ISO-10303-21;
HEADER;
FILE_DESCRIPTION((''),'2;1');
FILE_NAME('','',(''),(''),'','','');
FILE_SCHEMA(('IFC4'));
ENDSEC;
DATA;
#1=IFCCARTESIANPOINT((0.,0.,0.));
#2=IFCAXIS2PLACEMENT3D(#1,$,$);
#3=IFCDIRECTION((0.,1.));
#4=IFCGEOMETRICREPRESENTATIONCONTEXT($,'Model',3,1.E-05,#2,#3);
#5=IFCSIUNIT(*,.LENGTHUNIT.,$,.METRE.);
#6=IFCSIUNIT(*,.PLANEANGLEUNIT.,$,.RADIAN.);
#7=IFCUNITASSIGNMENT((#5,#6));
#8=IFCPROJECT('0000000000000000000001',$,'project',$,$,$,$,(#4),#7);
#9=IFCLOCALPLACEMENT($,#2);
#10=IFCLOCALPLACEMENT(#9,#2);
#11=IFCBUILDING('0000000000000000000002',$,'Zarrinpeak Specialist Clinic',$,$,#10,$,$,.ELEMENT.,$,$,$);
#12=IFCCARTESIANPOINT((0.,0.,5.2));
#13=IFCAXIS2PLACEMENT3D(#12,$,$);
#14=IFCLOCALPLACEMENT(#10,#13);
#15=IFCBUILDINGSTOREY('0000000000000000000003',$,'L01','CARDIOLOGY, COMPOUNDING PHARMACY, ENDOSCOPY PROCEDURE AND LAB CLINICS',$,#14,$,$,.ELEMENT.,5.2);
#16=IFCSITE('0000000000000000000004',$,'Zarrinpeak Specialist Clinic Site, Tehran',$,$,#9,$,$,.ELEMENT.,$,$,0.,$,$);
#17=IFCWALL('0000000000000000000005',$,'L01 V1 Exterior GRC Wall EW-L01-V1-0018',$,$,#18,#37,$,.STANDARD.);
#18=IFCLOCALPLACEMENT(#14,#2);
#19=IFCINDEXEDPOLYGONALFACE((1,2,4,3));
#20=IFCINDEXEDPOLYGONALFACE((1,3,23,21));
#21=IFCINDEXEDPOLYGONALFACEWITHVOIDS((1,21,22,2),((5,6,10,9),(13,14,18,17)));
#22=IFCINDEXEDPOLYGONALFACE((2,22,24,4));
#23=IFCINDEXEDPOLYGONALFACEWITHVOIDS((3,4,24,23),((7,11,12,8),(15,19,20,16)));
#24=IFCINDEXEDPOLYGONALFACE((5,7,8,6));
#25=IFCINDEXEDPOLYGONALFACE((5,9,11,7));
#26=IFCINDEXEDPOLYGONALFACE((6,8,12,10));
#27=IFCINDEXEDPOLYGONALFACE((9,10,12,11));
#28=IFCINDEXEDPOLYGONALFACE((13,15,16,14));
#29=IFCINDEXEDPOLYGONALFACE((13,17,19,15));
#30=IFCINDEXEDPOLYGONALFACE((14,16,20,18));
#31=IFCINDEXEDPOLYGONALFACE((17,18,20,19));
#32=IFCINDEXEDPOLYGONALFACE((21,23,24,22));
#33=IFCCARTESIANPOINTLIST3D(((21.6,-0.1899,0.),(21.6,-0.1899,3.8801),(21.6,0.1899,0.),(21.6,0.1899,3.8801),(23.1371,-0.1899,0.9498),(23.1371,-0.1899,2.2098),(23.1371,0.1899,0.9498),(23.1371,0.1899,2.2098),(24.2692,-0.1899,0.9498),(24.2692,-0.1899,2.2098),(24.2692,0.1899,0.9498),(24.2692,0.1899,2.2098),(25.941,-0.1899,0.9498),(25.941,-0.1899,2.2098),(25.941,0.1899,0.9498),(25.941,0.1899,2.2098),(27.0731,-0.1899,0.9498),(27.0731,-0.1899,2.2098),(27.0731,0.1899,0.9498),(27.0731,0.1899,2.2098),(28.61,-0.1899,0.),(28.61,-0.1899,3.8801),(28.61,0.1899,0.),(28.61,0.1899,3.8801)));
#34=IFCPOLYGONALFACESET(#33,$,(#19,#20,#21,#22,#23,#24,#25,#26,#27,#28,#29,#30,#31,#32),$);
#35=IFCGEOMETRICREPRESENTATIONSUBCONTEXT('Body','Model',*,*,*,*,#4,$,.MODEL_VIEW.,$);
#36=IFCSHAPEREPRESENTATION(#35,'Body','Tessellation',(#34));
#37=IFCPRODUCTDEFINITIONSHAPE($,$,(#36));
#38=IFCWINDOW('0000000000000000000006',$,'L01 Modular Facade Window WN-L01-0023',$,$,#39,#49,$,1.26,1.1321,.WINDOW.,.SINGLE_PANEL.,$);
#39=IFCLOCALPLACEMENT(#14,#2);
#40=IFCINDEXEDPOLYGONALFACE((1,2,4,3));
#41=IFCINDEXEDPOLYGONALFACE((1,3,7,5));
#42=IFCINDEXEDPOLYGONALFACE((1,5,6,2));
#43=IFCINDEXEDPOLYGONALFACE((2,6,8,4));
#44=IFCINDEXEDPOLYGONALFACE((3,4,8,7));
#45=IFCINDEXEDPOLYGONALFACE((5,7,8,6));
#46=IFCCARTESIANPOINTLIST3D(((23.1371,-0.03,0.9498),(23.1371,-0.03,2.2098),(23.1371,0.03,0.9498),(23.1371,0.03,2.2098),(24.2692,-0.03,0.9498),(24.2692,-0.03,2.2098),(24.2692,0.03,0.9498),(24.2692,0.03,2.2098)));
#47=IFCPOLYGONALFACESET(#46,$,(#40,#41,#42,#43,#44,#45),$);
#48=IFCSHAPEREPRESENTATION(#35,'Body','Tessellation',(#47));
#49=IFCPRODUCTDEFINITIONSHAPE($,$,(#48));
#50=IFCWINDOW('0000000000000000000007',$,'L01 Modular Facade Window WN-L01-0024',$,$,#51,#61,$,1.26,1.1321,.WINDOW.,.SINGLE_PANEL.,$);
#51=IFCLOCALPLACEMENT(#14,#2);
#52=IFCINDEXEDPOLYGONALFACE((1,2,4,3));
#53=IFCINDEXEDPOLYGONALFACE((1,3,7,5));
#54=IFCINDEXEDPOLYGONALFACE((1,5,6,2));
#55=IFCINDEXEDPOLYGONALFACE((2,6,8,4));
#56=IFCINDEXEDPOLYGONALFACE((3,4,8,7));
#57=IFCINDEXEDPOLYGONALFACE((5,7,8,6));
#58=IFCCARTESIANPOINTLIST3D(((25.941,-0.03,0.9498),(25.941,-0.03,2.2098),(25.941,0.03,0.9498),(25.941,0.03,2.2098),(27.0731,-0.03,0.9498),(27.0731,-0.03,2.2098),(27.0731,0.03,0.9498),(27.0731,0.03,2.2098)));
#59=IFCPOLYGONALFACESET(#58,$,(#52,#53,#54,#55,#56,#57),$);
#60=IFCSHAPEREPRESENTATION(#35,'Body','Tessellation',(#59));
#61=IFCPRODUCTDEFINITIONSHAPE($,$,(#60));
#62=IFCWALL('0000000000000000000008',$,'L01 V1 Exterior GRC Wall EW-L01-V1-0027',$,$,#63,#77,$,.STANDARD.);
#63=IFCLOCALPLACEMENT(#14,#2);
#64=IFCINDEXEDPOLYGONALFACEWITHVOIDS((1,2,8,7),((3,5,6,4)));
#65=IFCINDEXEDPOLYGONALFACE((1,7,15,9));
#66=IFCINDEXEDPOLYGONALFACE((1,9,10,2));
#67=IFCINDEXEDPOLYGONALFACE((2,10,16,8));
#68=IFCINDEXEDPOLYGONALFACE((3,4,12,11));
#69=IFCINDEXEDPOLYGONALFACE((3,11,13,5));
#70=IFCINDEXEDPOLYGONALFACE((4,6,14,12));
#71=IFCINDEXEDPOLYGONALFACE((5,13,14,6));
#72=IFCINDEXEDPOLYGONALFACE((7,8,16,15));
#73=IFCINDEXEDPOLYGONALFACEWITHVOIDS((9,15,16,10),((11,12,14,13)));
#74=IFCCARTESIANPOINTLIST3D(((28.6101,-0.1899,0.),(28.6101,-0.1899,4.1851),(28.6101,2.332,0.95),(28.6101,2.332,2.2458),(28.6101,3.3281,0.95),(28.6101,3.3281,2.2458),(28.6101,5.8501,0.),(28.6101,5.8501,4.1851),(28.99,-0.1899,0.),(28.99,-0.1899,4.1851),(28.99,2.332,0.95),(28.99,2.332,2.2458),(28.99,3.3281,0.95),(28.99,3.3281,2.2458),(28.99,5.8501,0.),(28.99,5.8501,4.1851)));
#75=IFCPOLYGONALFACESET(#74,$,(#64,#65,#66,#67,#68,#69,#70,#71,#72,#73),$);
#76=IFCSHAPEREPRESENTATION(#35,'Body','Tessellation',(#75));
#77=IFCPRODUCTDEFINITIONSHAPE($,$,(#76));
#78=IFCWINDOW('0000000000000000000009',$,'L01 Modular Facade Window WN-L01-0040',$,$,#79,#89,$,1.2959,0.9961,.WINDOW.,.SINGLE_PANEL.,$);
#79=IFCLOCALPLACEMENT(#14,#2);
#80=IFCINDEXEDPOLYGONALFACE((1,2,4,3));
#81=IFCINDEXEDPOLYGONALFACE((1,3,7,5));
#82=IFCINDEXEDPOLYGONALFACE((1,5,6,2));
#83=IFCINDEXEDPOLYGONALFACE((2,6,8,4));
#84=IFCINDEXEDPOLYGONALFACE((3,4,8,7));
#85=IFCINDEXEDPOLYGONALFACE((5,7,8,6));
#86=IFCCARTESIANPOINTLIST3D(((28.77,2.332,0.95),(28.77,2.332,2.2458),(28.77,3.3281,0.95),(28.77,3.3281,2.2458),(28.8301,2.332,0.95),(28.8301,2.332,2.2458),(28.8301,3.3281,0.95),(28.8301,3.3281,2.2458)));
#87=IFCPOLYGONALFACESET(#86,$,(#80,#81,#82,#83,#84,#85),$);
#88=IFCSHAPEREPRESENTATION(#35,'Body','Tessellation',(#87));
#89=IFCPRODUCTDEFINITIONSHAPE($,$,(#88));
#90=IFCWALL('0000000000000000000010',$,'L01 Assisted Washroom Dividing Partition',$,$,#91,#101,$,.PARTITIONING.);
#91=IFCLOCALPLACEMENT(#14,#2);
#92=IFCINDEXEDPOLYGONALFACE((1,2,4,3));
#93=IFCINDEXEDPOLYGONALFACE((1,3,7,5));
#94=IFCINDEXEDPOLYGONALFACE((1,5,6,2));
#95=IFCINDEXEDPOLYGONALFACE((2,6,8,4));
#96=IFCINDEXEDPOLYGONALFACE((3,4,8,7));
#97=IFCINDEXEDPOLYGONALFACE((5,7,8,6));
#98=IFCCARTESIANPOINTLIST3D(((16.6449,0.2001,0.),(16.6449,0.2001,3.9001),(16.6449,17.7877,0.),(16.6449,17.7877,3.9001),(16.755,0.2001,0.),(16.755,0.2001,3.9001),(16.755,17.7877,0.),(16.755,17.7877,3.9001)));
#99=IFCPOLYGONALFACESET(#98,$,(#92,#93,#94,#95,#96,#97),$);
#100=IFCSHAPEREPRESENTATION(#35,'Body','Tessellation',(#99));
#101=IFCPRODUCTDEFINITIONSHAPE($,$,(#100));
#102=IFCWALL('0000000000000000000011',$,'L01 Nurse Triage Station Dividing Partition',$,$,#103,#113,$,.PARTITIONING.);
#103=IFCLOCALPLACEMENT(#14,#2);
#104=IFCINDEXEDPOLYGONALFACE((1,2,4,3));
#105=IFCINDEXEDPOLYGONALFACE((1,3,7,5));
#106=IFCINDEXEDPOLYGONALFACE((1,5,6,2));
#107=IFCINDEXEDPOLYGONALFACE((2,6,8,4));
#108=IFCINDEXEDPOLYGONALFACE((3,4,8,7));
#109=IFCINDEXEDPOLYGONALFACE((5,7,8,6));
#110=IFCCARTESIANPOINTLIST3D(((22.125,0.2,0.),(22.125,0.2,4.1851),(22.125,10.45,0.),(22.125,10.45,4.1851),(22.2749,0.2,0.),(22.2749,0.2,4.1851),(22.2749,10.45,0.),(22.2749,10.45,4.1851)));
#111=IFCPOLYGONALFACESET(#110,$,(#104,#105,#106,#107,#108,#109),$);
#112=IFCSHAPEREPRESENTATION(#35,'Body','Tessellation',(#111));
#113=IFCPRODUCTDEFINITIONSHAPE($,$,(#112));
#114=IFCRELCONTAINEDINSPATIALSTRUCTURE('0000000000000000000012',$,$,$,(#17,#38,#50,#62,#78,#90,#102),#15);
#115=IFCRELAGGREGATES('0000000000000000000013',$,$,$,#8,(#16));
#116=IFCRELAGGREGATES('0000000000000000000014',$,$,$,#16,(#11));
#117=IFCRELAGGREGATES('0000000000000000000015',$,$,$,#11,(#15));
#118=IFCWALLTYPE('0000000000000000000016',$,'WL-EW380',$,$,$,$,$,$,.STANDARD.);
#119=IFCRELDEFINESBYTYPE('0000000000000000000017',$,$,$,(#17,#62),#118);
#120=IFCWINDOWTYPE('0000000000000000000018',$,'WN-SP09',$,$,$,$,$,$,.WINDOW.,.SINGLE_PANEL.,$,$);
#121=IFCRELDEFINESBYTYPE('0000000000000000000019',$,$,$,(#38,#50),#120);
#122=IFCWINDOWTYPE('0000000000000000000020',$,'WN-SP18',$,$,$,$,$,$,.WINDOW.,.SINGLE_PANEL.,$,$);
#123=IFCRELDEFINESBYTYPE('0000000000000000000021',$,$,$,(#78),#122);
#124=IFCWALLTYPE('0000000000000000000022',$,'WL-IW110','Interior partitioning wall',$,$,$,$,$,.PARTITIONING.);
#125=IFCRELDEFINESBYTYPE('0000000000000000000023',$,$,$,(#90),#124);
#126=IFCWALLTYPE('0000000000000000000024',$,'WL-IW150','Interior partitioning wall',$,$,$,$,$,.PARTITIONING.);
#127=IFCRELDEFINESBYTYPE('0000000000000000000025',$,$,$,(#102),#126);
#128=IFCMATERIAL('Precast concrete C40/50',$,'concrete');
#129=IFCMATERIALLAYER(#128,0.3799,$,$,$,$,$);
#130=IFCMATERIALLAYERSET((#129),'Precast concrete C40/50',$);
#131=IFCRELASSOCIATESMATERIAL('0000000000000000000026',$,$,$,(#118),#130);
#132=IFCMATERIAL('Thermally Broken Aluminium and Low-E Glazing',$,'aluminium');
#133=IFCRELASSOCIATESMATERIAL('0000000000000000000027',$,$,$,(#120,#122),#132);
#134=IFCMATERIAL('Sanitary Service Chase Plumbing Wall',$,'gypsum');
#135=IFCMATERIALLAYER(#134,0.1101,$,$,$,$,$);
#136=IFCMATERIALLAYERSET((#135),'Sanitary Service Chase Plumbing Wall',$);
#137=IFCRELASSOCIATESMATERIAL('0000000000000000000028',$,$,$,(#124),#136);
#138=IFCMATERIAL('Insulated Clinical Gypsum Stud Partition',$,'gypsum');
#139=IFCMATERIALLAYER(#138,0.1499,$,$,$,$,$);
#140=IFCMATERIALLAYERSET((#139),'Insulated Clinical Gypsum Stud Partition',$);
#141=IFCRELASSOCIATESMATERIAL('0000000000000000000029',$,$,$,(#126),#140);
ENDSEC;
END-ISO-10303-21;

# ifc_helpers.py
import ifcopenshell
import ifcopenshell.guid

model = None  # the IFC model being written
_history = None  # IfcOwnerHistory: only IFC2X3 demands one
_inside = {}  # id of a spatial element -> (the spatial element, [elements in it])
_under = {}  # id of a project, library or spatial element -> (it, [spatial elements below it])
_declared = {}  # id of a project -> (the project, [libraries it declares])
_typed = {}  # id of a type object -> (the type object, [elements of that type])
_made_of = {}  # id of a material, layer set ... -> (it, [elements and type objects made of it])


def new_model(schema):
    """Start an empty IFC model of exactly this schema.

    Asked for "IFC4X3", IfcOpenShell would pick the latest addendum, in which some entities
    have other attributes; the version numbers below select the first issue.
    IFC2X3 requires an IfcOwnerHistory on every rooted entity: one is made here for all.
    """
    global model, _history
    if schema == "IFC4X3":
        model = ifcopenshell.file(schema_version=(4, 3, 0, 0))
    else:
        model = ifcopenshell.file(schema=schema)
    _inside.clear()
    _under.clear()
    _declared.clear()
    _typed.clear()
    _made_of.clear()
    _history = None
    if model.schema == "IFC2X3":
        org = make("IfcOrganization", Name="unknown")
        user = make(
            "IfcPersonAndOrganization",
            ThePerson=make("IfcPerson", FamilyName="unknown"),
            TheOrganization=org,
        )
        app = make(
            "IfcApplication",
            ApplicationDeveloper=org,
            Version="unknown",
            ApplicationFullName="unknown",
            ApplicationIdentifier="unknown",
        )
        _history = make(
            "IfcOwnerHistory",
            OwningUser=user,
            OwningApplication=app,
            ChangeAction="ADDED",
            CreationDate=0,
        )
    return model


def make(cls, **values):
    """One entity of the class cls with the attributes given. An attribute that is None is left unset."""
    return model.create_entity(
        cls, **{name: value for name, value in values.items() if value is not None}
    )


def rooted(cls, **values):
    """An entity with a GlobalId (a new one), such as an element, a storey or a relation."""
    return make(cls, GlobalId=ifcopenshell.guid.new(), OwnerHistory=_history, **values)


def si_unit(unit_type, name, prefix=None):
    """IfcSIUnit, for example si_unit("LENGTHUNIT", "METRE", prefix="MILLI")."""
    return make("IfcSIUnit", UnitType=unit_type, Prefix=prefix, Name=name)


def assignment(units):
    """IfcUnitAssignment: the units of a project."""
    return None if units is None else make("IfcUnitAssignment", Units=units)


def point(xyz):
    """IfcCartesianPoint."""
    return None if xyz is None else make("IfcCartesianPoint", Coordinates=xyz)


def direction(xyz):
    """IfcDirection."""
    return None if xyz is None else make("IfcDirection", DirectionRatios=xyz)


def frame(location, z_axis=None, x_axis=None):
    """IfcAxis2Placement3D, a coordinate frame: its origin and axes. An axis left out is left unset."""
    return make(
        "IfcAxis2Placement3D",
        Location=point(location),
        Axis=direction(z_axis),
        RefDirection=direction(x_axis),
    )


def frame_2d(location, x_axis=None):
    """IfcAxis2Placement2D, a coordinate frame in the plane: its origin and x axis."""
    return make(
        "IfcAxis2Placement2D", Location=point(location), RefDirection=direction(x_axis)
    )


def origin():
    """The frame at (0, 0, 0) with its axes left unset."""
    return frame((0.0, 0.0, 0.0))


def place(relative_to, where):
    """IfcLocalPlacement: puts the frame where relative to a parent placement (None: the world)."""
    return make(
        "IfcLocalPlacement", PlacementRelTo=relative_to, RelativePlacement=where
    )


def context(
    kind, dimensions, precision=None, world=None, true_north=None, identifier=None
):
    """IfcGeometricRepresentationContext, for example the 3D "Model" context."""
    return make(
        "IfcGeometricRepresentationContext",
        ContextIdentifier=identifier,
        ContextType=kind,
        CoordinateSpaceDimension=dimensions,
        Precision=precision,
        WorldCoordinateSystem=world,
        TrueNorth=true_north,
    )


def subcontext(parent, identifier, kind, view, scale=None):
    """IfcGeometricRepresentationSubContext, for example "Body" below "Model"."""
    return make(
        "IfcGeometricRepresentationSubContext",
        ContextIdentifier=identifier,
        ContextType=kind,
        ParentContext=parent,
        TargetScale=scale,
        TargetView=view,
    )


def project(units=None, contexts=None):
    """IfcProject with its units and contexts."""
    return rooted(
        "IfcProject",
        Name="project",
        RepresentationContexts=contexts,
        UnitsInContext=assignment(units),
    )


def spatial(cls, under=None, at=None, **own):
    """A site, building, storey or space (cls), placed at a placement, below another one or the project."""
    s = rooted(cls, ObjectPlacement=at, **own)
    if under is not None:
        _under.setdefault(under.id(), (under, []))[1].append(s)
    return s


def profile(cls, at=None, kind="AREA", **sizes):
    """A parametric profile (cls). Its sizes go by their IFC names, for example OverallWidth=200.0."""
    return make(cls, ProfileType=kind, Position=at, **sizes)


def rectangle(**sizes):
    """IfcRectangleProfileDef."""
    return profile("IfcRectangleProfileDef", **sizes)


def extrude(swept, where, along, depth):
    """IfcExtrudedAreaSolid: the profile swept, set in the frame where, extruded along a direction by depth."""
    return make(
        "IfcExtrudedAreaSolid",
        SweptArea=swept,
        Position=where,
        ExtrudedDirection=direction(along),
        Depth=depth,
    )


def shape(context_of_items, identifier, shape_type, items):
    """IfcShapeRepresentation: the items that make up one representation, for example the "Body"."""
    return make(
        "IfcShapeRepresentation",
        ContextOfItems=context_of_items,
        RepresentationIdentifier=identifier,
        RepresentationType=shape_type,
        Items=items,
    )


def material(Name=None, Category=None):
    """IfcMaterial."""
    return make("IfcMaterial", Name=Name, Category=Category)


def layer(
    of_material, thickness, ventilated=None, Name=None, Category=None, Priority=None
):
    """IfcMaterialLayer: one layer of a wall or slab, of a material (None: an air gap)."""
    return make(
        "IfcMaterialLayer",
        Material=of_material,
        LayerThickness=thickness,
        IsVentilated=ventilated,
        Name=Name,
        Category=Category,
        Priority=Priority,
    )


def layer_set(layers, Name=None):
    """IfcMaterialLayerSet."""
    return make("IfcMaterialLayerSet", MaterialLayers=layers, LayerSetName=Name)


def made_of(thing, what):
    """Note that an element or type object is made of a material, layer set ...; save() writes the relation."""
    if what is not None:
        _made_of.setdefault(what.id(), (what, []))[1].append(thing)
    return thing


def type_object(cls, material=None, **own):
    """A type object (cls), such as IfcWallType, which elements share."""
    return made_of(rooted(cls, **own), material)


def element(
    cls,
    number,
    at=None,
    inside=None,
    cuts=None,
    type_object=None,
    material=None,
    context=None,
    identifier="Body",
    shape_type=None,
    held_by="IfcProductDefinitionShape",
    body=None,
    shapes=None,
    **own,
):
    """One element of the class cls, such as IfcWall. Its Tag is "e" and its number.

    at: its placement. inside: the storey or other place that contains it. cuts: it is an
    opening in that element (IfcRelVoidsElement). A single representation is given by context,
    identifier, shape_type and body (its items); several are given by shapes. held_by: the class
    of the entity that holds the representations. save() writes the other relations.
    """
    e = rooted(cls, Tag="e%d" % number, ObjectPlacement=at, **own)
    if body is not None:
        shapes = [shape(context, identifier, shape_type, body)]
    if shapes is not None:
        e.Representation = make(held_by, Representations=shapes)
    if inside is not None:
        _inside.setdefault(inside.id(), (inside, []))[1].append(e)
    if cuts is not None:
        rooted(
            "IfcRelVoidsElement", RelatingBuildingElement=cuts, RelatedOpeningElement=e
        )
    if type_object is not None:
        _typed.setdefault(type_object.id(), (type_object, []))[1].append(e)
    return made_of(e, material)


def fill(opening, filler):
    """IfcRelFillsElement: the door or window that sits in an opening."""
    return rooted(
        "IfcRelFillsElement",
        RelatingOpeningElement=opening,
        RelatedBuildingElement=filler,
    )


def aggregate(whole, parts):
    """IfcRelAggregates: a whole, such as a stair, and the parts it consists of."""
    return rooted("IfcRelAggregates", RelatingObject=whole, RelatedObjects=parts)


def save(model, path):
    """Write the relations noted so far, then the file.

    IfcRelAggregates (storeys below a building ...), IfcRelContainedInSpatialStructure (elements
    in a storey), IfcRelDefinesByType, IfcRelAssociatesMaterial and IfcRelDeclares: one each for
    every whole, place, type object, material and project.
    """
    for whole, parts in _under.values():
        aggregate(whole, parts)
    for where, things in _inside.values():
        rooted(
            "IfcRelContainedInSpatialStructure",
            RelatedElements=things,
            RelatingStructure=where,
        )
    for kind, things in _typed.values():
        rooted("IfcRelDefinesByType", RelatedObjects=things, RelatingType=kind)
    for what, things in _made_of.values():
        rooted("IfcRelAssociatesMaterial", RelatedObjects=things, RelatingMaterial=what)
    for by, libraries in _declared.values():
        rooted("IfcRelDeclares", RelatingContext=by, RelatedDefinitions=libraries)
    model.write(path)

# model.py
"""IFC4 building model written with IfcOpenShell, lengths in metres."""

from ifc_helpers import new_model, si_unit, direction, frame, frame_2d, origin, place, context, subcontext, project, spatial, rectangle, extrude, material, layer, layer_set, type_object, element, fill, save


model = new_model("IFC4")

# Units and contexts
model_context = context("Model", 3, precision=1e-05, world=origin(), true_north=direction((0.0, 1.0)))
body_context = subcontext(model_context, "Body", "Model", "MODEL_VIEW")
ifc_project = project(units=[si_unit("LENGTHUNIT", "METRE"), si_unit("PLANEANGLEUNIT", "RADIAN")], contexts=[model_context])

# Site, building, storey
site_placement = place(None, origin())
site = spatial("IfcSite", under=ifc_project, at=site_placement, Name="Zarrinpeak Specialist Clinic Site, Tehran", CompositionType="ELEMENT", RefElevation=0.0)
building_placement = place(site_placement, origin())
building = spatial("IfcBuilding", under=site, at=building_placement, Name="Zarrinpeak Specialist Clinic", CompositionType="ELEMENT")
storey_placement = place(building_placement, frame((0.0, 0.0, 5.2)))
storey = spatial("IfcBuildingStorey", under=building, at=storey_placement, Name="L01", Description="CARDIOLOGY, COMPOUNDING PHARMACY, ENDOSCOPY PROCEDURE AND LAB CLINICS", CompositionType="ELEMENT", Elevation=5.2)

# Wall, openings, windows
ifc_material_1 = material(Name="Precast concrete C40/50", Category="concrete")
ifc_layer_1 = layer(ifc_material_1, 0.3799)
ifc_layer_set_1 = layer_set([ifc_layer_1], Name="Precast concrete C40/50")
wall_type_1 = type_object("IfcWallType", Name="WL-EW380", PredefinedType="STANDARD", material=ifc_layer_set_1)
wall_1_placement = place(storey_placement, frame((21.6001, 0.0, 0.0), z_axis=(0.0, 0.0, 1.0), x_axis=(1.0, 0.0, 0.0)))
wall_1 = element("IfcWall", 1, at=wall_1_placement, inside=storey, type_object=wall_type_1, Name="L01 V1 Exterior GRC Wall EW-L01-V1-0018", PredefinedType="STANDARD", context=body_context, shape_type="SweptSolid", body=[
    extrude(rectangle(XDim=7.01, YDim=0.3799, at=frame_2d((3.5049, 0.0))), origin(), (0.0, 0.0, 1.0), 3.8801),
])
opening_1_placement = place(wall_1_placement, frame((1.5371, 0.0, 0.95)))
opening_1 = element("IfcOpeningElement", 2, at=opening_1_placement, cuts=wall_1, PredefinedType="OPENING", context=body_context, shape_type="SweptSolid", body=[
    extrude(rectangle(XDim=1.1321, YDim=1.26, at=frame_2d((0.5659, 0.6299))), frame((0.0, 0.2, 0.0), z_axis=(0.0, -1.0, 0.0), x_axis=(1.0, 0.0, 0.0)), (0.0, 0.0, 1.0), 0.3999),
])
opening_2_placement = place(wall_1_placement, frame((4.3411, 0.0, 0.95)))
opening_2 = element("IfcOpeningElement", 3, at=opening_2_placement, cuts=wall_1, PredefinedType="OPENING", context=body_context, shape_type="SweptSolid", body=[
    extrude(rectangle(XDim=1.1321, YDim=1.26, at=frame_2d((0.5659, 0.6299))), frame((0.0, 0.2, 0.0), z_axis=(0.0, -1.0, 0.0), x_axis=(1.0, 0.0, 0.0)), (0.0, 0.0, 1.0), 0.3999),
])
ifc_material_2 = material(Name="Thermally Broken Aluminium and Low-E Glazing", Category="aluminium")
window_type_1 = type_object("IfcWindowType", Name="WN-SP09", PartitioningType="SINGLE_PANEL", PredefinedType="WINDOW", material=ifc_material_2)
window_1_placement = place(opening_1_placement, origin())
window_1 = element("IfcWindow", 4, at=window_1_placement, inside=storey, type_object=window_type_1, Name="L01 Modular Facade Window WN-L01-0023", OverallHeight=1.26, OverallWidth=1.1321, PartitioningType="SINGLE_PANEL", PredefinedType="WINDOW", context=body_context, shape_type="SweptSolid", body=[
    extrude(rectangle(XDim=1.1321, YDim=1.26, at=frame_2d((0.5659, 0.6299))), frame((0.0, 0.03, 0.0), z_axis=(0.0, -1.0, 0.0), x_axis=(1.0, 0.0, 0.0)), (0.0, 0.0, 1.0), 0.0601),
])
fill(opening_1, window_1)
window_2_placement = place(opening_2_placement, origin())
window_2 = element("IfcWindow", 5, at=window_2_placement, inside=storey, type_object=window_type_1, Name="L01 Modular Facade Window WN-L01-0024", OverallHeight=1.26, OverallWidth=1.1321, PartitioningType="SINGLE_PANEL", PredefinedType="WINDOW", context=body_context, shape_type="SweptSolid", body=[
    extrude(rectangle(XDim=1.1321, YDim=1.26, at=frame_2d((0.5659, 0.6299))), frame((0.0, 0.03, 0.0), z_axis=(0.0, -1.0, 0.0), x_axis=(1.0, 0.0, 0.0)), (0.0, 0.0, 1.0), 0.0601),
])
fill(opening_2, window_2)

# Wall, opening, window
wall_2_placement = place(storey_placement, frame((28.8, -0.1899, 0.0), z_axis=(0.0, 0.0, 1.0), x_axis=(0.0, 1.0, 0.0)))
wall_2 = element("IfcWall", 6, at=wall_2_placement, inside=storey, type_object=wall_type_1, Name="L01 V1 Exterior GRC Wall EW-L01-V1-0027", PredefinedType="STANDARD", context=body_context, shape_type="SweptSolid", body=[
    extrude(rectangle(XDim=6.04, YDim=0.3799, at=frame_2d((3.02, 0.0))), origin(), (0.0, 0.0, 1.0), 4.1851),
])
opening_3_placement = place(wall_2_placement, frame((2.522, 0.0, 0.95)))
opening_3 = element("IfcOpeningElement", 7, at=opening_3_placement, cuts=wall_2, PredefinedType="OPENING", context=body_context, shape_type="SweptSolid", body=[
    extrude(rectangle(XDim=0.9961, YDim=1.2959, at=frame_2d((0.498, 0.6479))), frame((0.0, 0.2, 0.0), z_axis=(0.0, -1.0, 0.0), x_axis=(1.0, 0.0, 0.0)), (0.0, 0.0, 1.0), 0.3999),
])
window_type_2 = type_object("IfcWindowType", Name="WN-SP18", PartitioningType="SINGLE_PANEL", PredefinedType="WINDOW", material=ifc_material_2)
window_3_placement = place(opening_3_placement, origin())
window_3 = element("IfcWindow", 8, at=window_3_placement, inside=storey, type_object=window_type_2, Name="L01 Modular Facade Window WN-L01-0040", OverallHeight=1.2959, OverallWidth=0.9961, PartitioningType="SINGLE_PANEL", PredefinedType="WINDOW", context=body_context, shape_type="SweptSolid", body=[
    extrude(rectangle(XDim=0.9961, YDim=1.2959, at=frame_2d((0.498, 0.6479))), frame((0.0, 0.03, 0.0), z_axis=(0.0, -1.0, 0.0), x_axis=(1.0, 0.0, 0.0)), (0.0, 0.0, 1.0), 0.0601),
])
fill(opening_3, window_3)

# Walls
ifc_material_3 = material(Name="Sanitary Service Chase Plumbing Wall", Category="gypsum")
ifc_layer_2 = layer(ifc_material_3, 0.1101)
ifc_layer_set_2 = layer_set([ifc_layer_2], Name="Sanitary Service Chase Plumbing Wall")
wall_type_2 = type_object("IfcWallType", Name="WL-IW110", Description="Interior partitioning wall", PredefinedType="PARTITIONING", material=ifc_layer_set_2)
wall_3_placement = place(storey_placement, frame((16.7, 0.2, 0.0), z_axis=(0.0, 0.0, 1.0), x_axis=(0.0, 1.0, 0.0)))
element("IfcWall", 9, at=wall_3_placement, inside=storey, type_object=wall_type_2, Name="L01 Assisted Washroom Dividing Partition", PredefinedType="PARTITIONING", context=body_context, shape_type="SweptSolid", body=[
    extrude(rectangle(XDim=17.5876, YDim=0.1101, at=frame_2d((8.7939, 0.0))), origin(), (0.0, 0.0, 1.0), 3.9001),
])
ifc_material_4 = material(Name="Insulated Clinical Gypsum Stud Partition", Category="gypsum")
ifc_layer_3 = layer(ifc_material_4, 0.1499)
ifc_layer_set_3 = layer_set([ifc_layer_3], Name="Insulated Clinical Gypsum Stud Partition")
wall_type_3 = type_object("IfcWallType", Name="WL-IW150", Description="Interior partitioning wall", PredefinedType="PARTITIONING", material=ifc_layer_set_3)
wall_4_placement = place(storey_placement, frame((22.2, 0.2, 0.0), z_axis=(0.0, 0.0, 1.0), x_axis=(0.0, 1.0, 0.0)))
element("IfcWall", 10, at=wall_4_placement, inside=storey, type_object=wall_type_3, Name="L01 Nurse Triage Station Dividing Partition", PredefinedType="PARTITIONING", context=body_context, shape_type="SweptSolid", body=[
    extrude(rectangle(XDim=10.25, YDim=0.1499, at=frame_2d((5.125, 0.0))), origin(), (0.0, 0.0, 1.0), 4.1851),
])

save(model, "model.ifc")
